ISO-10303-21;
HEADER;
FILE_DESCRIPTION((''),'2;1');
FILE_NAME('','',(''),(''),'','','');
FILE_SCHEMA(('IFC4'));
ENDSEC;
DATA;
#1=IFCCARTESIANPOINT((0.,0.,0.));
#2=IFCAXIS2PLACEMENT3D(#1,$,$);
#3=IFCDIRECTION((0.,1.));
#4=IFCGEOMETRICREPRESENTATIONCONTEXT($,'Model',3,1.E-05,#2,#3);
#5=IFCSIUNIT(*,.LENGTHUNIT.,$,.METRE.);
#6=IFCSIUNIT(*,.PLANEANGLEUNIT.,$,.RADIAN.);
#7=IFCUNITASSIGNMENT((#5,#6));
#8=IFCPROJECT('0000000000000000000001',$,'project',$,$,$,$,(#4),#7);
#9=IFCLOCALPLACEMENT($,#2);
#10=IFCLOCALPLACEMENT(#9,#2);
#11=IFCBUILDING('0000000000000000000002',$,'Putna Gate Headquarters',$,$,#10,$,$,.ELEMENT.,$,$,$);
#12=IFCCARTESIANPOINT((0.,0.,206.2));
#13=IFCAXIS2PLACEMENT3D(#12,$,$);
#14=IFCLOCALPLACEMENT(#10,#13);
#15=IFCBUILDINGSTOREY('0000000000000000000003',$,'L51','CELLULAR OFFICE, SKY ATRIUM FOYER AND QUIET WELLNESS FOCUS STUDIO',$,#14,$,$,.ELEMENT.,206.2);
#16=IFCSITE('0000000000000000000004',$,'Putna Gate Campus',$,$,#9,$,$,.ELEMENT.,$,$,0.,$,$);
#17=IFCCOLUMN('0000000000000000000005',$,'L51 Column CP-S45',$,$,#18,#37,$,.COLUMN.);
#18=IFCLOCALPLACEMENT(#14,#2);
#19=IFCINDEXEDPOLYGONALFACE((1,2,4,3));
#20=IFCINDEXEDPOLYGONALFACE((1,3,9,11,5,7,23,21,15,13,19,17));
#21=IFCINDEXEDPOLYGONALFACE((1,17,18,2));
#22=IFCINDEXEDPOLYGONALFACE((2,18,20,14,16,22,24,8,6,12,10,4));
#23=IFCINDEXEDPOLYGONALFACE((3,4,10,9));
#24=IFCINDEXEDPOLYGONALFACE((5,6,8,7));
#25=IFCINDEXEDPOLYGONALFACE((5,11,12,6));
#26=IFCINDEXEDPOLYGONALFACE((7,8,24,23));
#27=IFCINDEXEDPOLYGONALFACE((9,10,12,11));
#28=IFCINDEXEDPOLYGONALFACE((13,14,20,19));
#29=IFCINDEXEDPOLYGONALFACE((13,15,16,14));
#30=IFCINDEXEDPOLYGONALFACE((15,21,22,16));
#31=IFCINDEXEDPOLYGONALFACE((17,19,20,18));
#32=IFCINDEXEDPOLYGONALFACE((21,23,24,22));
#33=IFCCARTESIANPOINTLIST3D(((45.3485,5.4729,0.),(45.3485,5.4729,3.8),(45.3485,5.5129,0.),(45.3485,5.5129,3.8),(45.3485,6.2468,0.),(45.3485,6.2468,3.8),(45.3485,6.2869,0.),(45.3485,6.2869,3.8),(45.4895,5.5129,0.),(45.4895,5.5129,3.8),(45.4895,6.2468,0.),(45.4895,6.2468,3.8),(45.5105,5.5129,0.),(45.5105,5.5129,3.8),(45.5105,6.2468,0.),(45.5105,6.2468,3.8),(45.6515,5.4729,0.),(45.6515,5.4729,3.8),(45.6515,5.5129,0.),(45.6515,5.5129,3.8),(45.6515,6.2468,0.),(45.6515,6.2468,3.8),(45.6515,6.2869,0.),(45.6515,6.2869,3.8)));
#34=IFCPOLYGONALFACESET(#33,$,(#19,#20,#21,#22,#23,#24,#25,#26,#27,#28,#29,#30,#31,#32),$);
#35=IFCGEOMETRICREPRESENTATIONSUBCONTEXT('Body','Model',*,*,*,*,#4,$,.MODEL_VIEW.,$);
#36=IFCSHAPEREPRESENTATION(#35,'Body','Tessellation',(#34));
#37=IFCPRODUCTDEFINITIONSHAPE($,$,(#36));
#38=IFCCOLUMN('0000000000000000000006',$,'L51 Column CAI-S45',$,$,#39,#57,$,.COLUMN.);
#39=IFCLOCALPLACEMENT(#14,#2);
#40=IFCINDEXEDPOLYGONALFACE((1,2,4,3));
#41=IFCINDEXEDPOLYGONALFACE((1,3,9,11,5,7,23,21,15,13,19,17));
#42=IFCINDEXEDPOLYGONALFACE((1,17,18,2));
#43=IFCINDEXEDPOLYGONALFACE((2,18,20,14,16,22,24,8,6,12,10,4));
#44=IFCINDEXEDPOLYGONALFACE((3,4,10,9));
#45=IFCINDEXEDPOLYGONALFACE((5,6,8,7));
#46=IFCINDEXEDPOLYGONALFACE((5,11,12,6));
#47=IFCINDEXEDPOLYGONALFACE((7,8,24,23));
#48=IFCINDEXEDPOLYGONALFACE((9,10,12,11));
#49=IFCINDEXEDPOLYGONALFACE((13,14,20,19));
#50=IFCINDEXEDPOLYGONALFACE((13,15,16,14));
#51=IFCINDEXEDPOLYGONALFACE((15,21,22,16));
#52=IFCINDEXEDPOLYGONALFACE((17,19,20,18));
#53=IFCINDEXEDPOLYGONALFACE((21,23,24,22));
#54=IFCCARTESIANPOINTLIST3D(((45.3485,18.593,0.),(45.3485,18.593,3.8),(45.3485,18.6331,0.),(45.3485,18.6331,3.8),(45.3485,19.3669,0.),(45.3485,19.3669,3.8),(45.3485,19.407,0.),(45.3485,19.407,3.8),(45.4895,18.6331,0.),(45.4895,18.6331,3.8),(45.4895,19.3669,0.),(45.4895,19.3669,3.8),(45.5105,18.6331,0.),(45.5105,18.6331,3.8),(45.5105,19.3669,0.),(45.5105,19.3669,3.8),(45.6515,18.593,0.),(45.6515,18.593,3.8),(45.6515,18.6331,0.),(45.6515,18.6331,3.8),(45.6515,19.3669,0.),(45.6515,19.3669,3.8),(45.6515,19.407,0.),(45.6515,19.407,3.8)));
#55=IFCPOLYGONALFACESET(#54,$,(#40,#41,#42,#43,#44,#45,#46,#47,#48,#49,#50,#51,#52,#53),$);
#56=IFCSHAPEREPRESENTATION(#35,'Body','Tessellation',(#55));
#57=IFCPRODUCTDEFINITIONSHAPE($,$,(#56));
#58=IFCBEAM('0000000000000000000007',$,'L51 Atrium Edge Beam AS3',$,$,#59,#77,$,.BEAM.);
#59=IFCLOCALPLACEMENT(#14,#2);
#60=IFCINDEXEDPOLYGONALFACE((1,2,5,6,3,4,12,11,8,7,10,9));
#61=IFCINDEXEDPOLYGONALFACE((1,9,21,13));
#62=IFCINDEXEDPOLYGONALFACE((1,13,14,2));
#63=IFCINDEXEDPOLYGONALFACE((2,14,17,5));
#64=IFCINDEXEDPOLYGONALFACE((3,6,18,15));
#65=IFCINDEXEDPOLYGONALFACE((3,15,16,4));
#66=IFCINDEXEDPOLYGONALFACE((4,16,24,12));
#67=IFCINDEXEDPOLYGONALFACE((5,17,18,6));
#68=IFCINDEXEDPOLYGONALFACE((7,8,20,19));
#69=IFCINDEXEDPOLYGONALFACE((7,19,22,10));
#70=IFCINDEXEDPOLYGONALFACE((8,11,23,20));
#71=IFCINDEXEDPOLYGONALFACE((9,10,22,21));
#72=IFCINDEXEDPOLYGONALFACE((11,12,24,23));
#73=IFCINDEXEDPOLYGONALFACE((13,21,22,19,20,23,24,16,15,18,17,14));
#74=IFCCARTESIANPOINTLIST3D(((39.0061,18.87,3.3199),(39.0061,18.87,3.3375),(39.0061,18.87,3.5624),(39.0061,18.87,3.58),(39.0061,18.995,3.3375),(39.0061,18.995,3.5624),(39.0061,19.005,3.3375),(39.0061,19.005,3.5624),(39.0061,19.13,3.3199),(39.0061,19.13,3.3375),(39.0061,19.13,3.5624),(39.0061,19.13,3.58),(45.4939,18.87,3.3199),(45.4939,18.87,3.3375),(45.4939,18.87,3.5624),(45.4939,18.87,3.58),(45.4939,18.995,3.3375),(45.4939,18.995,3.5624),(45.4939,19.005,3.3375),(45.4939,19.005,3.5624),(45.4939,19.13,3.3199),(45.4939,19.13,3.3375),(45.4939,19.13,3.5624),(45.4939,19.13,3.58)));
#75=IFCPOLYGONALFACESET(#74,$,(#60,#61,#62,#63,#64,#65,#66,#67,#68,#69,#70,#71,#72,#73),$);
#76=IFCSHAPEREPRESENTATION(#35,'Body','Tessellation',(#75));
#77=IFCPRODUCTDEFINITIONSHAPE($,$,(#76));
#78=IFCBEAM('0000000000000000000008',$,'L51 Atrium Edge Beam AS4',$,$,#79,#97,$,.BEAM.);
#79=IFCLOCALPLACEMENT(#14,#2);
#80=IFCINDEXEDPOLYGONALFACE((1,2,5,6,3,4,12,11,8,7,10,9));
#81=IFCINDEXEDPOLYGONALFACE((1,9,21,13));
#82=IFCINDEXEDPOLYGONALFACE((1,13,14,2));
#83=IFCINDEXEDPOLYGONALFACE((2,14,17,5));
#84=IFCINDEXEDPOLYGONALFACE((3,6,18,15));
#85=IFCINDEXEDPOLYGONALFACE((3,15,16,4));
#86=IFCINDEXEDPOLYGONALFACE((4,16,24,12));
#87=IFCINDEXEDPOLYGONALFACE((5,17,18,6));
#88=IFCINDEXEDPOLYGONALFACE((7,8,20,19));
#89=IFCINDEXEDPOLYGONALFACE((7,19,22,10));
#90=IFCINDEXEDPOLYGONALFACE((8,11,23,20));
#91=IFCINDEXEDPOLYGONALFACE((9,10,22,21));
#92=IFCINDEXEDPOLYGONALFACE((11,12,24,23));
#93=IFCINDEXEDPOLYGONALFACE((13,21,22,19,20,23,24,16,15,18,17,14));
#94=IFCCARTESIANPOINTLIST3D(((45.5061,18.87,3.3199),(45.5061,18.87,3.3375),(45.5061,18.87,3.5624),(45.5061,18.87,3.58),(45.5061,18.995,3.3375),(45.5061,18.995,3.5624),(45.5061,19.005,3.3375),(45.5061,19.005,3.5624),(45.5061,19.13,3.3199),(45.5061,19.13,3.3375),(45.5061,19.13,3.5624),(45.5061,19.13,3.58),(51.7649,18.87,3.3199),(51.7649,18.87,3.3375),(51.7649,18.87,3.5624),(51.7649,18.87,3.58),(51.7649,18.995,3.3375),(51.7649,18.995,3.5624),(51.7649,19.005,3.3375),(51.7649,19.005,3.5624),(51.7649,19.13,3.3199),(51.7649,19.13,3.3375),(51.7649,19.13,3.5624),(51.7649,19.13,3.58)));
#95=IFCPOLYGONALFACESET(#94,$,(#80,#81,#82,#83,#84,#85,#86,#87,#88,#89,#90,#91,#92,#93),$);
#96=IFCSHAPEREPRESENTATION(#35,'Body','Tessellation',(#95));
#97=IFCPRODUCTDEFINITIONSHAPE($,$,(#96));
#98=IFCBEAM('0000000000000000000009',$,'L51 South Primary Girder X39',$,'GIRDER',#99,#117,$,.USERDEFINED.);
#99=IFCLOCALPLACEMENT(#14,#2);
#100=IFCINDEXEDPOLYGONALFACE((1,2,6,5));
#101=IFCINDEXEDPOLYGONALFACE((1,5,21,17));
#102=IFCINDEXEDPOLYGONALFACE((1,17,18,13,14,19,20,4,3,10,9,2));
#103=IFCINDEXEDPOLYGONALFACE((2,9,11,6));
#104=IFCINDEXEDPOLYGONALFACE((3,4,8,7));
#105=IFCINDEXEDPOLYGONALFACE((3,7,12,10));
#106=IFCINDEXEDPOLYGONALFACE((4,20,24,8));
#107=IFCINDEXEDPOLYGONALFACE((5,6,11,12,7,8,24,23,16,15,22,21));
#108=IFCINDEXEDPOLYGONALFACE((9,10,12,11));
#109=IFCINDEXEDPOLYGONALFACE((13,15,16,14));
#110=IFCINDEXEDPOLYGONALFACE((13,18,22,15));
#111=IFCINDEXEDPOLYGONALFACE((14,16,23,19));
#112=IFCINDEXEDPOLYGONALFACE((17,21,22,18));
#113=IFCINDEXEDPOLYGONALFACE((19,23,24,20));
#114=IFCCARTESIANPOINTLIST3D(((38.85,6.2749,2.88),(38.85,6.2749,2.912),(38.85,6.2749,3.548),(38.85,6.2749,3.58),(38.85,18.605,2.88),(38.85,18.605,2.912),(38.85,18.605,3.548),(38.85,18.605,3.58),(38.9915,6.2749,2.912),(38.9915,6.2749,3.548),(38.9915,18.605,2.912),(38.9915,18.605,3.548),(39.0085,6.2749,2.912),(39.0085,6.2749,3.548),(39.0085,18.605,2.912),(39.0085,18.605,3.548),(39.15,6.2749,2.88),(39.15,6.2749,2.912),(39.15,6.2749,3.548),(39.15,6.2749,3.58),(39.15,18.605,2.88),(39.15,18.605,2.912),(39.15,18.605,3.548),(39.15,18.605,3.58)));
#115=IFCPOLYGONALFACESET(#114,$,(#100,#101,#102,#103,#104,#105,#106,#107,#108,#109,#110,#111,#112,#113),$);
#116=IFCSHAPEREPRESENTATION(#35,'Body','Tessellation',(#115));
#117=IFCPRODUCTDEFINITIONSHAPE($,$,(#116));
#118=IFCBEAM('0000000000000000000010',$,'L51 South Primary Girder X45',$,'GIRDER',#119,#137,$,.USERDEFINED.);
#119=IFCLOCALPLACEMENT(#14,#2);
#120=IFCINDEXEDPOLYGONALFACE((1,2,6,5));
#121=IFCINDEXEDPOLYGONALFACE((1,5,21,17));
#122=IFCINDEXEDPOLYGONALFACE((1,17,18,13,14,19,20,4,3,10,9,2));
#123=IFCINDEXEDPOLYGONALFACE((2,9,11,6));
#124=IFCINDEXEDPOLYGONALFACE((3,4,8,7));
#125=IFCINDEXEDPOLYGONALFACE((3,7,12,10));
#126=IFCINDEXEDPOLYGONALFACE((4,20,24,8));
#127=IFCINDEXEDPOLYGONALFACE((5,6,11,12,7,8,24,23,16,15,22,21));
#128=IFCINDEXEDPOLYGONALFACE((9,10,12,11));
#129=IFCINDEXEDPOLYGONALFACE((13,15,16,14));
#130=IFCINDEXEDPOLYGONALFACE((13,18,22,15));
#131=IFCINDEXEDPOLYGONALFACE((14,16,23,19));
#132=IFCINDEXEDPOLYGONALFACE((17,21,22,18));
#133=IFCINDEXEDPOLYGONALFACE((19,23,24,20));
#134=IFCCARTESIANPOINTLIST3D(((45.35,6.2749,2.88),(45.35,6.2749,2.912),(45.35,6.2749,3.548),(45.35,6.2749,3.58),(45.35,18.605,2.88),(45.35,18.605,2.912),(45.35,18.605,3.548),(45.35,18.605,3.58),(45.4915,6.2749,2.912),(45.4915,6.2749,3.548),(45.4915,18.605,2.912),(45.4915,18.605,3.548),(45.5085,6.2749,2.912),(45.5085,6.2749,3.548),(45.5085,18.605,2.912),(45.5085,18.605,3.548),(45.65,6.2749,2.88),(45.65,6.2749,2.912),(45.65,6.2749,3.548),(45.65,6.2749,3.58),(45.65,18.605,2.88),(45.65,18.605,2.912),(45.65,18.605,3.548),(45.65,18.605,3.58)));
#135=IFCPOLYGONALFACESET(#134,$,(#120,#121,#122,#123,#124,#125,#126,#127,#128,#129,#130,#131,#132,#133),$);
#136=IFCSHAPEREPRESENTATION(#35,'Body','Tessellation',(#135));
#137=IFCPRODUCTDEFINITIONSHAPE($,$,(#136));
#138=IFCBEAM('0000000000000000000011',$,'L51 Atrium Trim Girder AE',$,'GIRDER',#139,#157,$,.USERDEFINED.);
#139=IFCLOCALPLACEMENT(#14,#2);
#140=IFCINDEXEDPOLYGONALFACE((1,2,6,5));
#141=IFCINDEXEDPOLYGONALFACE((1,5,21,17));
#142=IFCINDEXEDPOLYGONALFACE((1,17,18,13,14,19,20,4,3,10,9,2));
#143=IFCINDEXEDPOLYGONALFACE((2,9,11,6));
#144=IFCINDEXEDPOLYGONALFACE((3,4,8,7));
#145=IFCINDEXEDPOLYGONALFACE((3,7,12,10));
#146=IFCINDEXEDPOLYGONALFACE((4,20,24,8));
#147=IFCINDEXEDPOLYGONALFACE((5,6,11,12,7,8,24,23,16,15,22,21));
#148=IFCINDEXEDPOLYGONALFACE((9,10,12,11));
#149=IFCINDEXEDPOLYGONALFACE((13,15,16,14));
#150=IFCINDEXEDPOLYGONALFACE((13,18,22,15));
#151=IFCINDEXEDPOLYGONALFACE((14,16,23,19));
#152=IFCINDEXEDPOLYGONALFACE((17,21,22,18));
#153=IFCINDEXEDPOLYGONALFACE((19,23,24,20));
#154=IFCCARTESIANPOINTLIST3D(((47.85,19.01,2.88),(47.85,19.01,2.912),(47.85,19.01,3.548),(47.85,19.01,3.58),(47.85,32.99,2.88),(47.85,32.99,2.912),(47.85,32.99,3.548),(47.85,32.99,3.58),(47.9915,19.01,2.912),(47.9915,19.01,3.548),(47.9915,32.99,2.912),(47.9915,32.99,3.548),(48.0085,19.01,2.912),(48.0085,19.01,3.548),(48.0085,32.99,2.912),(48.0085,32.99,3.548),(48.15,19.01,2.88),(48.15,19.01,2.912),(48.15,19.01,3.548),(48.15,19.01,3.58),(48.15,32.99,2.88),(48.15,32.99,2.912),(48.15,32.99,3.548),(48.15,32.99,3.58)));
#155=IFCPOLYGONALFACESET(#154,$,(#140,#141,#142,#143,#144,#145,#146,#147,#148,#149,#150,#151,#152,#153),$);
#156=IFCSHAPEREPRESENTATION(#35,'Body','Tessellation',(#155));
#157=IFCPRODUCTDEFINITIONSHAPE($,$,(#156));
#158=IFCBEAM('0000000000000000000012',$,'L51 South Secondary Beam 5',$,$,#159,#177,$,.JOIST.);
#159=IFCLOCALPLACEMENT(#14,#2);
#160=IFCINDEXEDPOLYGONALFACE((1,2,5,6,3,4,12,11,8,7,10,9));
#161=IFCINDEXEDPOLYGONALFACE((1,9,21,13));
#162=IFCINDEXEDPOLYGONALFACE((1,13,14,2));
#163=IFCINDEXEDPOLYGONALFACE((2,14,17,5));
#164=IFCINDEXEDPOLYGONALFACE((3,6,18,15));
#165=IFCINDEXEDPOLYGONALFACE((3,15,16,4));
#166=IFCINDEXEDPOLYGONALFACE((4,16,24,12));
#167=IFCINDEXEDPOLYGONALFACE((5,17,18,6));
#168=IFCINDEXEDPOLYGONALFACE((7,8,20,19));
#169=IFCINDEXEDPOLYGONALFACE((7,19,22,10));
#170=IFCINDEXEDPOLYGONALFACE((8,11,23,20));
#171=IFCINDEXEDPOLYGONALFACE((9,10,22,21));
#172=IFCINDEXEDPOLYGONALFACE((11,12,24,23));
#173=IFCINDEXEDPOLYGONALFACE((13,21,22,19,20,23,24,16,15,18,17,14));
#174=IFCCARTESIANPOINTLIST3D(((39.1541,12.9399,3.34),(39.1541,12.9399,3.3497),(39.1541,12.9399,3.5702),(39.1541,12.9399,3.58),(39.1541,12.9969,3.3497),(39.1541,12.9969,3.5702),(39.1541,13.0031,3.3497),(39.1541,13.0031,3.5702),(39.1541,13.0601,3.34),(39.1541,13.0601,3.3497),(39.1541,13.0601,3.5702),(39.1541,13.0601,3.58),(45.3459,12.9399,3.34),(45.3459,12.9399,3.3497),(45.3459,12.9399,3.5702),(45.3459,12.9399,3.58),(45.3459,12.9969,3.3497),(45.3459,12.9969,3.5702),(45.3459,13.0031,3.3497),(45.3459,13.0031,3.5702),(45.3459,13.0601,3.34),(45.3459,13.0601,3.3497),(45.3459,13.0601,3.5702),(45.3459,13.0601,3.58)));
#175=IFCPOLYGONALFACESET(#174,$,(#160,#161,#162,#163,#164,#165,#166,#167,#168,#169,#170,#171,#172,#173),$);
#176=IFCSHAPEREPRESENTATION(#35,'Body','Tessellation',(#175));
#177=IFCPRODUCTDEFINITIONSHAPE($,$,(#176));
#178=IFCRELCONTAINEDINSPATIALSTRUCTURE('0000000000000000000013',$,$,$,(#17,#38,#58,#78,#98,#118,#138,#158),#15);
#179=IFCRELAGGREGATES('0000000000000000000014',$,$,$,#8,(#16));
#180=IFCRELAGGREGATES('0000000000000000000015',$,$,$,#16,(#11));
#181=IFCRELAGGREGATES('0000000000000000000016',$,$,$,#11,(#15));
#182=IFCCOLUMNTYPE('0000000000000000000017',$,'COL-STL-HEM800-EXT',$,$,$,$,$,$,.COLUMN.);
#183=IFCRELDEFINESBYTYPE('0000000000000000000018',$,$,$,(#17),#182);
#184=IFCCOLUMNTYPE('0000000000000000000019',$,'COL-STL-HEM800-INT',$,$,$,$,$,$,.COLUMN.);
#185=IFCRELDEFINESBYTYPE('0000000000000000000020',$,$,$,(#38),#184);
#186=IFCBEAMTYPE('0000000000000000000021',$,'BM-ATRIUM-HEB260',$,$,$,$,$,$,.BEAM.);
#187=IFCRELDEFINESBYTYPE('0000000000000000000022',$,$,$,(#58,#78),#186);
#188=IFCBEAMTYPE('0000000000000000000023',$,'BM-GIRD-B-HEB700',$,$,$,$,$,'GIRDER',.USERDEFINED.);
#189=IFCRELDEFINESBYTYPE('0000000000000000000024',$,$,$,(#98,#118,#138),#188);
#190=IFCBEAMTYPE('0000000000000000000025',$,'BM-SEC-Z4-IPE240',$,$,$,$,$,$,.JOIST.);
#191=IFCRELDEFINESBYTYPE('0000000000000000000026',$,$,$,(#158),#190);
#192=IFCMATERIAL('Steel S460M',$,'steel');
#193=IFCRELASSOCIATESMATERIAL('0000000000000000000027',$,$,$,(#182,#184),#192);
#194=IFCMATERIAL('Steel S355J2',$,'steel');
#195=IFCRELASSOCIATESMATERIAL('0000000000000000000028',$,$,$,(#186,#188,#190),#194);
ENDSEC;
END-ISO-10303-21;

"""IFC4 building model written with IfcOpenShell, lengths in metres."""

from ifc_helpers import new_model, si_unit, direction, frame, origin, origin_2d, place, context, subcontext, project, spatial, i_section, extrude, material, material_profile, profile_set, type_object, element, save


model = new_model("IFC4")

# Units and contexts
model_context = context("Model", 3, precision=1e-05, world=origin(), true_north=direction((0.0, 1.0)))
body_context = subcontext(model_context, "Body", "Model", "MODEL_VIEW")
ifc_project = project(units=[si_unit("LENGTHUNIT", "METRE"), si_unit("PLANEANGLEUNIT", "RADIAN")], contexts=[model_context])

# Site, building, storey
site_placement = place(None, origin())
site = spatial("IfcSite", under=ifc_project, at=site_placement, Name="Putna Gate Campus", CompositionType="ELEMENT", RefElevation=0.0)
building_placement = place(site_placement, origin())
building = spatial("IfcBuilding", under=site, at=building_placement, Name="Putna Gate Headquarters", CompositionType="ELEMENT")
storey_placement = place(building_placement, frame((0.0, 0.0, 206.2)))
storey = spatial("IfcBuildingStorey", under=building, at=storey_placement, Name="L51", Description="CELLULAR OFFICE, SKY ATRIUM FOYER AND QUIET WELLNESS FOCUS STUDIO", CompositionType="ELEMENT", Elevation=206.2)

# Columns
ifc_material_1 = material(Name="Steel S460M", Category="steel")
ifc_material_profile_1 = material_profile(ifc_material_1, i_section(OverallWidth=0.303, OverallDepth=0.814, WebThickness=0.021, FlangeThickness=0.04, at=origin_2d()), Name="Steel S460M")
ifc_profile_set_1 = profile_set([ifc_material_profile_1], Name="Steel S460M")
column_type_1 = type_object("IfcColumnType", Name="COL-STL-HEM800-EXT", PredefinedType="COLUMN", material=ifc_profile_set_1)
column_1_placement = place(storey_placement, frame((45.5, 5.8799, 0.0), z_axis=(0.0, 0.0, 1.0), x_axis=(1.0, 0.0, 0.0)))
element("IfcColumn", 1, at=column_1_placement, inside=storey, type_object=column_type_1, Name="L51 Column CP-S45", PredefinedType="COLUMN", context=body_context, shape_type="SweptSolid", body=[
    extrude(i_section(OverallWidth=0.303, OverallDepth=0.814, WebThickness=0.021, FlangeThickness=0.04, at=origin_2d()), origin(), (0.0, 0.0, 1.0), 3.8),
])
ifc_material_profile_2 = material_profile(ifc_material_1, i_section(OverallWidth=0.303, OverallDepth=0.814, WebThickness=0.021, FlangeThickness=0.04, at=origin_2d()), Name="Steel S460M")
ifc_profile_set_2 = profile_set([ifc_material_profile_2], Name="Steel S460M")
column_type_2 = type_object("IfcColumnType", Name="COL-STL-HEM800-INT", PredefinedType="COLUMN", material=ifc_profile_set_2)
column_2_placement = place(storey_placement, frame((45.5, 19.0, 0.0), z_axis=(0.0, 0.0, 1.0), x_axis=(1.0, 0.0, 0.0)))
element("IfcColumn", 2, at=column_2_placement, inside=storey, type_object=column_type_2, Name="L51 Column CAI-S45", PredefinedType="COLUMN", context=body_context, shape_type="SweptSolid", body=[
    extrude(i_section(OverallWidth=0.303, OverallDepth=0.814, WebThickness=0.021, FlangeThickness=0.04, at=origin_2d()), origin(), (0.0, 0.0, 1.0), 3.8),
])

# Beams
ifc_material_2 = material(Name="Steel S355J2", Category="steel")
ifc_material_profile_3 = material_profile(ifc_material_2, i_section(OverallWidth=0.26, OverallDepth=0.26, WebThickness=0.01, FlangeThickness=0.0176, at=origin_2d()), Name="Steel S355J2")
ifc_profile_set_3 = profile_set([ifc_material_profile_3], Name="Steel S355J2")
beam_type_1 = type_object("IfcBeamType", Name="BM-ATRIUM-HEB260", PredefinedType="BEAM", material=ifc_profile_set_3)
beam_1_placement = place(storey_placement, frame((39.0061, 19.0, 3.45), z_axis=(1.0, 0.0, 0.0), x_axis=(0.0, 1.0, 0.0)))
element("IfcBeam", 3, at=beam_1_placement, inside=storey, type_object=beam_type_1, Name="L51 Atrium Edge Beam AS3", PredefinedType="BEAM", context=body_context, shape_type="SweptSolid", body=[
    extrude(i_section(OverallWidth=0.26, OverallDepth=0.26, WebThickness=0.01, FlangeThickness=0.0176, at=origin_2d()), origin(), (0.0, 0.0, 1.0), 6.4878),
])
beam_2_placement = place(storey_placement, frame((45.5061, 19.0, 3.45), z_axis=(1.0, 0.0, 0.0), x_axis=(0.0, 1.0, 0.0)))
element("IfcBeam", 4, at=beam_2_placement, inside=storey, type_object=beam_type_1, Name="L51 Atrium Edge Beam AS4", PredefinedType="BEAM", context=body_context, shape_type="SweptSolid", body=[
    extrude(i_section(OverallWidth=0.26, OverallDepth=0.26, WebThickness=0.01, FlangeThickness=0.0176, at=origin_2d()), origin(), (0.0, 0.0, 1.0), 6.2588),
])
ifc_material_profile_4 = material_profile(ifc_material_2, i_section(OverallWidth=0.3, OverallDepth=0.7, WebThickness=0.0171, FlangeThickness=0.032, at=origin_2d()), Name="Steel S355J2")
ifc_profile_set_4 = profile_set([ifc_material_profile_4], Name="Steel S355J2")
beam_type_2 = type_object("IfcBeamType", Name="BM-GIRD-B-HEB700", ElementType="GIRDER", PredefinedType="USERDEFINED", material=ifc_profile_set_4)
for number, where, z_axis, x_axis, name in (
    (5, (39.0, 6.2749, 3.23), (0.0, 1.0, 0.0), (-1.0, 0.0, 0.0), "L51 South Primary Girder X39"),
    (6, (45.5, 6.2749, 3.23), (0.0, 1.0, 0.0), (-1.0, 0.0, 0.0), "L51 South Primary Girder X45"),
):
    element("IfcBeam", number, at=place(storey_placement, frame(where, z_axis=z_axis, x_axis=x_axis)), inside=storey, type_object=beam_type_2, Name=name, ObjectType="GIRDER", PredefinedType="USERDEFINED", context=body_context, shape_type="SweptSolid", body=[
        extrude(i_section(OverallWidth=0.3, OverallDepth=0.7, WebThickness=0.0171, FlangeThickness=0.032, at=origin_2d()), origin(), (0.0, 0.0, 1.0), 12.3301),
    ])
beam_3_placement = place(storey_placement, frame((48.0, 19.01, 3.23), z_axis=(0.0, 1.0, 0.0), x_axis=(-1.0, 0.0, 0.0)))
element("IfcBeam", 7, at=beam_3_placement, inside=storey, type_object=beam_type_2, Name="L51 Atrium Trim Girder AE", ObjectType="GIRDER", PredefinedType="USERDEFINED", context=body_context, shape_type="SweptSolid", body=[
    extrude(i_section(OverallWidth=0.3, OverallDepth=0.7, WebThickness=0.0171, FlangeThickness=0.032, at=origin_2d()), origin(), (0.0, 0.0, 1.0), 13.98),
])
ifc_material_profile_5 = material_profile(ifc_material_2, i_section(OverallWidth=0.1201, OverallDepth=0.24, WebThickness=0.0061, FlangeThickness=0.0098, at=origin_2d()), Name="Steel S355J2")
ifc_profile_set_5 = profile_set([ifc_material_profile_5], Name="Steel S355J2")
beam_type_3 = type_object("IfcBeamType", Name="BM-SEC-Z4-IPE240", PredefinedType="JOIST", material=ifc_profile_set_5)
beam_4_placement = place(storey_placement, frame((39.1541, 13.0, 3.46), z_axis=(1.0, 0.0, 0.0), x_axis=(0.0, 1.0, 0.0)))
element("IfcBeam", 8, at=beam_4_placement, inside=storey, type_object=beam_type_3, Name="L51 South Secondary Beam 5", PredefinedType="JOIST", context=body_context, shape_type="SweptSolid", body=[
    extrude(i_section(OverallWidth=0.1201, OverallDepth=0.24, WebThickness=0.0061, FlangeThickness=0.0098, at=origin_2d()), origin(), (0.0, 0.0, 1.0), 6.1919),
])

save(model, "model.ifc")
